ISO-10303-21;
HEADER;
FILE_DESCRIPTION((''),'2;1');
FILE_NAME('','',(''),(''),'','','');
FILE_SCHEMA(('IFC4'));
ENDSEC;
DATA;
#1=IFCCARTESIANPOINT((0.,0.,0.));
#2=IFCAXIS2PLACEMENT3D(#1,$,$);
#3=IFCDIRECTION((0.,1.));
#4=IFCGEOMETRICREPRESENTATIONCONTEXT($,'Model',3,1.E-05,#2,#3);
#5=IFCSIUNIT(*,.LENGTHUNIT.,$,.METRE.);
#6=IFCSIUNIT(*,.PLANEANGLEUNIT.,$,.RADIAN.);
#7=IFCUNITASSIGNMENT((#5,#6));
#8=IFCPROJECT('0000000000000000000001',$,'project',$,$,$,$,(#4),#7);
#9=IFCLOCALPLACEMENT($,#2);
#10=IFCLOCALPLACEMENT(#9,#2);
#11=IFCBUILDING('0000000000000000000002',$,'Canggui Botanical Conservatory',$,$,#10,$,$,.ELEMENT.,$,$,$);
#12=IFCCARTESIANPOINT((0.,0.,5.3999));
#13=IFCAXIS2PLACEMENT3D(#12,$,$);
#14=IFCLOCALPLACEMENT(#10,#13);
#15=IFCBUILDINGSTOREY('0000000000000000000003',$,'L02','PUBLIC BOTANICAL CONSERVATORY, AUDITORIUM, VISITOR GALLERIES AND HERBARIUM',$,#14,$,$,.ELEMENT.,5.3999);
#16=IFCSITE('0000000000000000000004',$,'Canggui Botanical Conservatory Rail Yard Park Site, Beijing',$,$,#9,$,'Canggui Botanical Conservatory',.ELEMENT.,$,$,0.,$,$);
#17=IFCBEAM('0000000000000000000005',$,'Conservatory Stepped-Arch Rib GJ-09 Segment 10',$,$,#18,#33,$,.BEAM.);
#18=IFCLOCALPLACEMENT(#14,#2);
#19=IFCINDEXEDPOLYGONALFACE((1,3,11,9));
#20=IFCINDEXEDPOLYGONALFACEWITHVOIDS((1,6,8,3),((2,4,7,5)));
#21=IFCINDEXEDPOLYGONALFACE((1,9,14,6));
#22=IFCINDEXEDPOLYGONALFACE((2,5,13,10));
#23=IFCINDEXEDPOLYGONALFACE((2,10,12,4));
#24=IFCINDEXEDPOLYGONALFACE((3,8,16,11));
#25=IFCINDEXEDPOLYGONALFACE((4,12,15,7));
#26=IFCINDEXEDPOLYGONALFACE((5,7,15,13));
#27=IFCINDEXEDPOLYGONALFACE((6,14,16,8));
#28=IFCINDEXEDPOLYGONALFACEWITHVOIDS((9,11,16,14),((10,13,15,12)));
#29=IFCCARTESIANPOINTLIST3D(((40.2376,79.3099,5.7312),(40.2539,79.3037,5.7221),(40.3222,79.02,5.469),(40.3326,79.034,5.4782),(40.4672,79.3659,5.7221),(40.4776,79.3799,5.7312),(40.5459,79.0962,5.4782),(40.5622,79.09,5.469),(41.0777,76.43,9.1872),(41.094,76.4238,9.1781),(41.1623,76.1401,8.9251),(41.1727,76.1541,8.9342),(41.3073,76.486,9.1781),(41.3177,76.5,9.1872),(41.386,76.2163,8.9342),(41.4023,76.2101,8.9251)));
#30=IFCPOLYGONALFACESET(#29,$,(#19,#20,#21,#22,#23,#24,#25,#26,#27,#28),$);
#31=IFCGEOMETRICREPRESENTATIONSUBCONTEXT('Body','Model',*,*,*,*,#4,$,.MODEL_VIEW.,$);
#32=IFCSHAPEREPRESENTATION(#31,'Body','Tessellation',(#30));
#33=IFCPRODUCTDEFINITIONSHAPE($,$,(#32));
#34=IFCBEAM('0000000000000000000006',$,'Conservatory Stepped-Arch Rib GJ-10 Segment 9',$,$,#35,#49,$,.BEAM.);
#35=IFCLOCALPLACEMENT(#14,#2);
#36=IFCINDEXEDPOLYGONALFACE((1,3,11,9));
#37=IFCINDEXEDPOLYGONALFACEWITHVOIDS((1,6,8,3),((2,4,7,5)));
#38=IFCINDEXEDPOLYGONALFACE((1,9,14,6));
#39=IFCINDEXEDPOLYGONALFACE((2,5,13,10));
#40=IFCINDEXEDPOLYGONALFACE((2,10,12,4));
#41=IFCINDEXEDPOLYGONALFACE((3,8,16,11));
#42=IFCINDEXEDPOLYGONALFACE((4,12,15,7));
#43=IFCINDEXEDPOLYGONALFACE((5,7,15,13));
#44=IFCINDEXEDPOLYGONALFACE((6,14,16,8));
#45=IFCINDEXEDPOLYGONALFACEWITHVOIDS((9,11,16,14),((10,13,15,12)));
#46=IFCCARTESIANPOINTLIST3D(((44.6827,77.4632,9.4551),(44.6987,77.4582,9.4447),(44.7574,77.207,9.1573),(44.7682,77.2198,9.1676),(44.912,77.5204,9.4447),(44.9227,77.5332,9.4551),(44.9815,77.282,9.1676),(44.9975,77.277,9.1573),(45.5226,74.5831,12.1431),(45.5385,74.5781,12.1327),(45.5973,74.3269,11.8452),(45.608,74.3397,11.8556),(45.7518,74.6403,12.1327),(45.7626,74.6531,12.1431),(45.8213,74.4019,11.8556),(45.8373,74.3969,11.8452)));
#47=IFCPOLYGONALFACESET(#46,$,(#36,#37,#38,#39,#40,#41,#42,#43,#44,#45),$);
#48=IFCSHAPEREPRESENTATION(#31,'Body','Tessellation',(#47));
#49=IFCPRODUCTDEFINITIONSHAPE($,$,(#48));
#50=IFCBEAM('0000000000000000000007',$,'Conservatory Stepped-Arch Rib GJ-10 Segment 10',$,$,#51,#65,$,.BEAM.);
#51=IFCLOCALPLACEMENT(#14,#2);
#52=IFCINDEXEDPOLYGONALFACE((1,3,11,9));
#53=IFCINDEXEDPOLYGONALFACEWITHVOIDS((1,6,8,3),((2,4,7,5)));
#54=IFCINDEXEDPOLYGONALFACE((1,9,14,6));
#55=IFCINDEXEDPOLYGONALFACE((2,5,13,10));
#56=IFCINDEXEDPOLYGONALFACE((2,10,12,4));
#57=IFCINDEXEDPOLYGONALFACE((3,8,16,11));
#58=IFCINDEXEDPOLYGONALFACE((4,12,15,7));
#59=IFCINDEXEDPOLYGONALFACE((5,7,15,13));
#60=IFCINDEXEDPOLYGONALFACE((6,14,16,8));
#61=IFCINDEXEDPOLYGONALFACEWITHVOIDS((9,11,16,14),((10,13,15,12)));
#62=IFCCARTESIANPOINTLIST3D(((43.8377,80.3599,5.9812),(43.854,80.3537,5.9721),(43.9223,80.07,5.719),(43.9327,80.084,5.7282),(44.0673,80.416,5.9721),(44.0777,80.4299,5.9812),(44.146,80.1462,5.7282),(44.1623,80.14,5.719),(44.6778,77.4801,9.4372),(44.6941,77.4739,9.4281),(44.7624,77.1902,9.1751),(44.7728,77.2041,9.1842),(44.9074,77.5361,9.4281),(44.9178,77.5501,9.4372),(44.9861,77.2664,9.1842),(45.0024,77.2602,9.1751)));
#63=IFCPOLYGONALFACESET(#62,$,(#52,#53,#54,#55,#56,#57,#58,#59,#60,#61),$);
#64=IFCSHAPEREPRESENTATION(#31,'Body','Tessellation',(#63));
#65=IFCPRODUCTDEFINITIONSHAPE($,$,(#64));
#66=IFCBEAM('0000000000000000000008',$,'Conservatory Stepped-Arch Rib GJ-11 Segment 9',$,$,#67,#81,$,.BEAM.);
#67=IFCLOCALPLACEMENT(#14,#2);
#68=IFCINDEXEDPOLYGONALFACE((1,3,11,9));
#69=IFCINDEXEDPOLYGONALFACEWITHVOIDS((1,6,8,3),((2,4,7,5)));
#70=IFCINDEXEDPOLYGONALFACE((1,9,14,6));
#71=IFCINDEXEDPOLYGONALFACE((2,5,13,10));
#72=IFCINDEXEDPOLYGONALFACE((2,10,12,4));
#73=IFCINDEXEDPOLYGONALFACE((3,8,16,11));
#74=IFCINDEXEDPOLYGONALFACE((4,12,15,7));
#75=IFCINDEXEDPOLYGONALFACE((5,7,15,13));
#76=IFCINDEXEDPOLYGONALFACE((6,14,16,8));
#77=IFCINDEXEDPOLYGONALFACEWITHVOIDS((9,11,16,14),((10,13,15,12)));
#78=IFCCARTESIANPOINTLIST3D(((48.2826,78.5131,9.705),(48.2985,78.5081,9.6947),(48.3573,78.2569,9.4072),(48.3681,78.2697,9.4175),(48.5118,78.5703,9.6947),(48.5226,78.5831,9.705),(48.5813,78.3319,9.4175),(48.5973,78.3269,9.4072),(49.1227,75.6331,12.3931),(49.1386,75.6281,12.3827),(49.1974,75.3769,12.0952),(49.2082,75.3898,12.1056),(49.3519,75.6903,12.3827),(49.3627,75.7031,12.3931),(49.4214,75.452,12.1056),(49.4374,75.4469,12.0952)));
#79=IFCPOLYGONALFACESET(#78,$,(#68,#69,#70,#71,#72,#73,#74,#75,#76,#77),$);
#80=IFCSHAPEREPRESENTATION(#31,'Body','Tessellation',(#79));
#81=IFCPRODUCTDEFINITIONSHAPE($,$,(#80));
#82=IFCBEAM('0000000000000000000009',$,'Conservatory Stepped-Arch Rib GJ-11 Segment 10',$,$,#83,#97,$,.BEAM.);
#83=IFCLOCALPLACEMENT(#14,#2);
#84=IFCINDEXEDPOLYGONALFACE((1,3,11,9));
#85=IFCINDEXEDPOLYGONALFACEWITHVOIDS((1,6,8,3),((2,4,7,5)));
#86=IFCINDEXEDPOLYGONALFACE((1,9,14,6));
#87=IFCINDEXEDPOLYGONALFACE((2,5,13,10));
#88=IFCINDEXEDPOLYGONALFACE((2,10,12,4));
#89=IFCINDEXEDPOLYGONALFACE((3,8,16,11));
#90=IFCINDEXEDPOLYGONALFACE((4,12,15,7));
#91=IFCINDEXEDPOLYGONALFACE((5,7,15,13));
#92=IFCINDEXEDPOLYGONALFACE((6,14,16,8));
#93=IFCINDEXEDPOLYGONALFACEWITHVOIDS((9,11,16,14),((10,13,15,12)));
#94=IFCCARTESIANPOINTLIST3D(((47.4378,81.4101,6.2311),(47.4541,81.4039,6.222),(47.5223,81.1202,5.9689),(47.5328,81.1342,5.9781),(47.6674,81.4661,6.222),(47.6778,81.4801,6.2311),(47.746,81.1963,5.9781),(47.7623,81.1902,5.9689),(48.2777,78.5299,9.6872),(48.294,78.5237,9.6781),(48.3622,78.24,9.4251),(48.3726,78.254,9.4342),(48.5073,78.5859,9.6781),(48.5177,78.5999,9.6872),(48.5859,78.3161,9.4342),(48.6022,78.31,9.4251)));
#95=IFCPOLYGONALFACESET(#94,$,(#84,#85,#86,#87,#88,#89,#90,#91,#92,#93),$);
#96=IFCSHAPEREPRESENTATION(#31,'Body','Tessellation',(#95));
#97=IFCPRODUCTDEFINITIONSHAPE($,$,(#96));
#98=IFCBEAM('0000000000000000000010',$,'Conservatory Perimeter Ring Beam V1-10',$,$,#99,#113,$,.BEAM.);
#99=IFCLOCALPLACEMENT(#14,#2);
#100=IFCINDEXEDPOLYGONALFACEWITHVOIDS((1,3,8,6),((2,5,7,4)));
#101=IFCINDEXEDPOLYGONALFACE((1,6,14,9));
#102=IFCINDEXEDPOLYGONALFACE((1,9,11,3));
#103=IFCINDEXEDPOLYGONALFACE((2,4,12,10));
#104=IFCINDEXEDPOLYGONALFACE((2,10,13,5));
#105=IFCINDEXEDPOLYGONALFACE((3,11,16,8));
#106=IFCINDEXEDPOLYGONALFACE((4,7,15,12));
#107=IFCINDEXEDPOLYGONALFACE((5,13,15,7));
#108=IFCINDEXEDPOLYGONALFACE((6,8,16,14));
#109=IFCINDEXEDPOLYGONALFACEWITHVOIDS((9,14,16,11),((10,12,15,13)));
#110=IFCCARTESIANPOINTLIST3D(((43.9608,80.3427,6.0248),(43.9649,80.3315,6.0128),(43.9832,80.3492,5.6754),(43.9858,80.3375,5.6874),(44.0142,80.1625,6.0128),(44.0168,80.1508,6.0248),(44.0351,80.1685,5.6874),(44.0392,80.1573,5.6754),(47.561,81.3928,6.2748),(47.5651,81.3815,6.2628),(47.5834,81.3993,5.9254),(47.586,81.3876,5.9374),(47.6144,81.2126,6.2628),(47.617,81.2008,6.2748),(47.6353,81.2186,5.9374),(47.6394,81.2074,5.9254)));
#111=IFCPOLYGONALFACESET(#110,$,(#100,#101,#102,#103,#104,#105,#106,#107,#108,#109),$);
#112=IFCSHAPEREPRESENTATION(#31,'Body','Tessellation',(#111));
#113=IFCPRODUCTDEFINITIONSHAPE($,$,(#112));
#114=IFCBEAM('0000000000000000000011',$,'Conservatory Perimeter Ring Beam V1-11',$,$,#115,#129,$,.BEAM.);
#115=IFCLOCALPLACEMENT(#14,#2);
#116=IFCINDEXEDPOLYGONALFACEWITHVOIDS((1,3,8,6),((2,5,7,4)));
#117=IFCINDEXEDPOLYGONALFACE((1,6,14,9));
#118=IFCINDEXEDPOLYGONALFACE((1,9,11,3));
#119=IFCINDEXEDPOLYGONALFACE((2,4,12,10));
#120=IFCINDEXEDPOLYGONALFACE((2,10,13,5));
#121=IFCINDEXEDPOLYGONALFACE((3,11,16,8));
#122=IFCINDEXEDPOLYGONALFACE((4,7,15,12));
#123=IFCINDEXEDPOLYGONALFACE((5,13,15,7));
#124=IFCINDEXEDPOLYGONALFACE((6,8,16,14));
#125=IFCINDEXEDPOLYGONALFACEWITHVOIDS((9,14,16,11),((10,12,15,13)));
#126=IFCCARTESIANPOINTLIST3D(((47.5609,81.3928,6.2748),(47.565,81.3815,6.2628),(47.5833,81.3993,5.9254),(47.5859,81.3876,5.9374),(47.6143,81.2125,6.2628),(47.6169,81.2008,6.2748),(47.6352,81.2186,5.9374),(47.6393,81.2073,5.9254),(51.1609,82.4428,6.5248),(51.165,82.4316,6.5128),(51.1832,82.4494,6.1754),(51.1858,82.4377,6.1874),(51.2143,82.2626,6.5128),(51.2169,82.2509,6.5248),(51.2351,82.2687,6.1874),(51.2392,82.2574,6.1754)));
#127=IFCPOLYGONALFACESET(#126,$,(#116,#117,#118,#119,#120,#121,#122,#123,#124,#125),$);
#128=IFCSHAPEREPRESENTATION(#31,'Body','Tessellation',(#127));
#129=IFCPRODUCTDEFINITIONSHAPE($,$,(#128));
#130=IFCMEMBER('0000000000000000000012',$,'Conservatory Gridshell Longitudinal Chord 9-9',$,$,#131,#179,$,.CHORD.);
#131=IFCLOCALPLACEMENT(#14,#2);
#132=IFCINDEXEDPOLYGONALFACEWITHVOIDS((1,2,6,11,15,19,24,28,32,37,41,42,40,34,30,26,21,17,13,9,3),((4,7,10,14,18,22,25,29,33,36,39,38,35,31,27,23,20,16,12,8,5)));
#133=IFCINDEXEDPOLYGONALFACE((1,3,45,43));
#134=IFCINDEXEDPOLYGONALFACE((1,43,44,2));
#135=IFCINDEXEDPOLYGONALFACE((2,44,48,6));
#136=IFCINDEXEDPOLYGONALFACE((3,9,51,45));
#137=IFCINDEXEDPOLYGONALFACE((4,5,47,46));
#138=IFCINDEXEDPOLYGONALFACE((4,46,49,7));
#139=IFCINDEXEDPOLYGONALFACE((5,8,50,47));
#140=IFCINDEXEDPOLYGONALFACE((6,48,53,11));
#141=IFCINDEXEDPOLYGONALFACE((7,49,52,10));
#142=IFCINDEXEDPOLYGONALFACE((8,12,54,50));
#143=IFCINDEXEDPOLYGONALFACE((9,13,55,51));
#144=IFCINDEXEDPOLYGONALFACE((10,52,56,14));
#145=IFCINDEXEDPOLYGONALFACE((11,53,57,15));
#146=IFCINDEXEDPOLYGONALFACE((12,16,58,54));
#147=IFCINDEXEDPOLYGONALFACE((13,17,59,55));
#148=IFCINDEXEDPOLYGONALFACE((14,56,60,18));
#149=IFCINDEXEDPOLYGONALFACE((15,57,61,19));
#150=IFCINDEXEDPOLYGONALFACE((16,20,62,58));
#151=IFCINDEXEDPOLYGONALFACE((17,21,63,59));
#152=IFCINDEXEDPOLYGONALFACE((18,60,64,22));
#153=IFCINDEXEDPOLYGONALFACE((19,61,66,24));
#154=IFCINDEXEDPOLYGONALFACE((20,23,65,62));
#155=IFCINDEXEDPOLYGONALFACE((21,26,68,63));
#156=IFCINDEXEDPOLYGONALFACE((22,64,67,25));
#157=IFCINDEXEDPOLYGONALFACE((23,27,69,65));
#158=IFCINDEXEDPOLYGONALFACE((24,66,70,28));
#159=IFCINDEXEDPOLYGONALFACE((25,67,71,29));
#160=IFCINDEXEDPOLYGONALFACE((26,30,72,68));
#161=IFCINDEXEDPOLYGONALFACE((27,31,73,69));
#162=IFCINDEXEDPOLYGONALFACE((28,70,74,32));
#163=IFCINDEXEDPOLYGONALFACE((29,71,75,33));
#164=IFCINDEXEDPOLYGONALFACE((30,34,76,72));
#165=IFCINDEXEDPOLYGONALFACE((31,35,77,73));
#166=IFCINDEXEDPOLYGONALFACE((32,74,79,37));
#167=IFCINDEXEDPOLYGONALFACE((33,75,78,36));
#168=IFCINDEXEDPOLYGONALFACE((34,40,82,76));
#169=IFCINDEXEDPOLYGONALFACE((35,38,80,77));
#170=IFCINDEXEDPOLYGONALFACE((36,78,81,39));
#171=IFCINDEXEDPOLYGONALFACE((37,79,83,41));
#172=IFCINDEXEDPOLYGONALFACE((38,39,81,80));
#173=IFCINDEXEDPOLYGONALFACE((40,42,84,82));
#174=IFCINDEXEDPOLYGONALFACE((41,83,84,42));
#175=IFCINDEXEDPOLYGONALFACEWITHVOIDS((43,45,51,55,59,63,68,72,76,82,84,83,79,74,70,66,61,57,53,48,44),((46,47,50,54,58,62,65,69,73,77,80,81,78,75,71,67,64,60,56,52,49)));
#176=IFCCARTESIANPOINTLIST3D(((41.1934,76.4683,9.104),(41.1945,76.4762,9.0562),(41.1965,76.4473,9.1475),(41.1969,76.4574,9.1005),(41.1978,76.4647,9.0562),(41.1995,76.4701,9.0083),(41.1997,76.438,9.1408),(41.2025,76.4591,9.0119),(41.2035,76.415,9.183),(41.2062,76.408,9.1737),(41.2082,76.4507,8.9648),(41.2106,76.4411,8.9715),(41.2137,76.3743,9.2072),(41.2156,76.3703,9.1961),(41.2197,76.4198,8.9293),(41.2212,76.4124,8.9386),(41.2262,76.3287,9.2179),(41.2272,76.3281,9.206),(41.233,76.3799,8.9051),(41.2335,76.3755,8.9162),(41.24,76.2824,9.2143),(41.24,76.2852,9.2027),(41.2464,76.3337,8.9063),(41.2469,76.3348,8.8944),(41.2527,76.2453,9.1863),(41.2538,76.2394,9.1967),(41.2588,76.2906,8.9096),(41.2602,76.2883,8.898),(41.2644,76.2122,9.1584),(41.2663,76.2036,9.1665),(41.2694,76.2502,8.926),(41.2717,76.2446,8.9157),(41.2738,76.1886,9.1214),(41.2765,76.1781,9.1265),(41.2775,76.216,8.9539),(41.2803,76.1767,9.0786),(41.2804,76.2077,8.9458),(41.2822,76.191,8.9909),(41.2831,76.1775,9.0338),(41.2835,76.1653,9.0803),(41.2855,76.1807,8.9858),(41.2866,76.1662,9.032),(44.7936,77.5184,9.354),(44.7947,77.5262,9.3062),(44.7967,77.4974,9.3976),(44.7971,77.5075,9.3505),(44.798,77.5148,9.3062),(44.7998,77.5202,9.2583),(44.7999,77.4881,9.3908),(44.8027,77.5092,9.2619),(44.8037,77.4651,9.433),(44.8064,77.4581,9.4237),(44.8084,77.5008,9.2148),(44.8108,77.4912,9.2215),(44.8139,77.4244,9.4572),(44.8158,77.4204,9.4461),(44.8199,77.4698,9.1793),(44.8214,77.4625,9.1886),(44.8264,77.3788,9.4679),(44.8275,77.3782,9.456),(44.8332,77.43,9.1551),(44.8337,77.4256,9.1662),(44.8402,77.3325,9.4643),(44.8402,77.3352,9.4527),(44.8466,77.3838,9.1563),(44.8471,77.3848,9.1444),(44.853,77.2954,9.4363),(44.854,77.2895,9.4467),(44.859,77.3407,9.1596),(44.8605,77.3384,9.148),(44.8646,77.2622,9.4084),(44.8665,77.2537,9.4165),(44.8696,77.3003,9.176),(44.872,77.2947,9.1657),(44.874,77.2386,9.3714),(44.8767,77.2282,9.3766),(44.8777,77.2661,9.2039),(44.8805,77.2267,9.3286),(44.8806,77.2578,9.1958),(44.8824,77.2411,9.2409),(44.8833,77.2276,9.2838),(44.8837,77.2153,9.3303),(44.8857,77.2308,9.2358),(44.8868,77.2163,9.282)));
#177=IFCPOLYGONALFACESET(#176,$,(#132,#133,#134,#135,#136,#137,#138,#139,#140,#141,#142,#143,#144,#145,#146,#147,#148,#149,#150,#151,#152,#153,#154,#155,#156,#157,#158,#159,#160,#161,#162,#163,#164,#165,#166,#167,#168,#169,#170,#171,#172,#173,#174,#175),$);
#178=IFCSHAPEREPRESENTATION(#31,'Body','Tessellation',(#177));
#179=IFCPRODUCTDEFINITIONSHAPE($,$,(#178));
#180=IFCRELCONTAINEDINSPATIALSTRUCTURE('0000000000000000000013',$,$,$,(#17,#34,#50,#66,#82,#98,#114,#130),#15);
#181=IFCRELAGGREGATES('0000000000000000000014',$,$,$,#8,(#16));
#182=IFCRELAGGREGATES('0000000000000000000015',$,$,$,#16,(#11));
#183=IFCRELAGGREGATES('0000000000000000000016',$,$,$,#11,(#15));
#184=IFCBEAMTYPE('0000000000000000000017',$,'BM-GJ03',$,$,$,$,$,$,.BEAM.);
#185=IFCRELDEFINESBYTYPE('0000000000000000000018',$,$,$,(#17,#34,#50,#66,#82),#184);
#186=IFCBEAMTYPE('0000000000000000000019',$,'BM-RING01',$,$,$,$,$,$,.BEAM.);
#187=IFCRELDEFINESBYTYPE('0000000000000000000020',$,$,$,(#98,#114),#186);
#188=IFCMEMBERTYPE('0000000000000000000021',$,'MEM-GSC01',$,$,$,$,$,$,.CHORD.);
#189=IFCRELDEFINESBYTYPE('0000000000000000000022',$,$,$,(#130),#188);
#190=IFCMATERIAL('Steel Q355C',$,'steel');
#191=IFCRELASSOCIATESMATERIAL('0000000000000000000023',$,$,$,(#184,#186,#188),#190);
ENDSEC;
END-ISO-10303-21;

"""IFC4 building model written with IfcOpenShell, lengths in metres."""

from ifc_helpers import new_model, si_unit, direction, frame, origin, origin_2d, place, context, subcontext, project, spatial, hollow_rectangle, hollow_circle, extrude, material, material_profile, profile_set, type_object, element, save


model = new_model("IFC4")

# Units and contexts
model_context = context("Model", 3, precision=1e-05, world=origin(), true_north=direction((0.0, 1.0)))
body_context = subcontext(model_context, "Body", "Model", "MODEL_VIEW")
ifc_project = project(units=[si_unit("LENGTHUNIT", "METRE"), si_unit("PLANEANGLEUNIT", "RADIAN")], contexts=[model_context])

# Site, building, storey
site_placement = place(None, origin())
site = spatial("IfcSite", under=ifc_project, at=site_placement, Name="Canggui Botanical Conservatory Rail Yard Park Site, Beijing", LongName="Canggui Botanical Conservatory", CompositionType="ELEMENT", RefElevation=0.0)
building_placement = place(site_placement, origin())
building = spatial("IfcBuilding", under=site, at=building_placement, Name="Canggui Botanical Conservatory", CompositionType="ELEMENT")
storey_placement = place(building_placement, frame((0.0, 0.0, 5.3999)))
storey = spatial("IfcBuildingStorey", under=building, at=storey_placement, Name="L02", Description="PUBLIC BOTANICAL CONSERVATORY, AUDITORIUM, VISITOR GALLERIES AND HERBARIUM", CompositionType="ELEMENT", Elevation=5.3999)

# Beams
ifc_material_1 = material(Name="Steel Q355C", Category="steel")
ifc_material_profile_1 = material_profile(ifc_material_1, hollow_rectangle(XDim=0.25, YDim=0.3999, WallThickness=0.0139, at=origin_2d()), Name="RHS 250x400x14")
ifc_profile_set_1 = profile_set([ifc_material_profile_1], Name="Steel Q355C")
beam_type_1 = type_object("IfcBeamType", Name="BM-GJ03", PredefinedType="BEAM", material=ifc_profile_set_1)
beam_1_placement = place(storey_placement, frame((41.24, 76.3201, 9.0562), z_axis=(-0.183568, 0.629285, -0.755184), x_axis=(-0.959989, -0.280038, 0.0)))
element("IfcBeam", 1, at=beam_1_placement, inside=storey, type_object=beam_type_1, Name="Conservatory Stepped-Arch Rib GJ-09 Segment 10", PredefinedType="BEAM", context=body_context, shape_type="SweptSolid", body=[
    extrude(hollow_rectangle(XDim=0.25, YDim=0.3999, WallThickness=0.0139, at=origin_2d()), origin(), (0.0, 0.0, 1.0), 4.5764),
])
beam_2_placement = place(storey_placement, frame((45.6799, 74.49, 11.9941), z_axis=(-0.208495, 0.715005, -0.667306), x_axis=(-0.960017, -0.279941, 0.0)))
element("IfcBeam", 2, at=beam_2_placement, inside=storey, type_object=beam_type_1, Name="Conservatory Stepped-Arch Rib GJ-10 Segment 9", PredefinedType="BEAM", context=body_context, shape_type="SweptSolid", body=[
    extrude(hollow_rectangle(XDim=0.25, YDim=0.3999, WallThickness=0.0139, at=origin_2d()), origin(), (0.0, 0.0, 1.0), 4.0281),
])
beam_3_placement = place(storey_placement, frame((44.8401, 77.3701, 9.3062), z_axis=(-0.183568, 0.629285, -0.755184), x_axis=(-0.959989, -0.280038, 0.0)))
element("IfcBeam", 3, at=beam_3_placement, inside=storey, type_object=beam_type_1, Name="Conservatory Stepped-Arch Rib GJ-10 Segment 10", PredefinedType="BEAM", context=body_context, shape_type="SweptSolid", body=[
    extrude(hollow_rectangle(XDim=0.25, YDim=0.3999, WallThickness=0.0139, at=origin_2d()), origin(), (0.0, 0.0, 1.0), 4.5764),
])
beam_4_placement = place(storey_placement, frame((49.28, 75.54, 12.2441), z_axis=(-0.208562, 0.714967, -0.667326), x_axis=(-0.959989, -0.280038, 0.0)))
element("IfcBeam", 4, at=beam_4_placement, inside=storey, type_object=beam_type_1, Name="Conservatory Stepped-Arch Rib GJ-11 Segment 9", PredefinedType="BEAM", context=body_context, shape_type="SweptSolid", body=[
    extrude(hollow_rectangle(XDim=0.25, YDim=0.3999, WallThickness=0.0139, at=origin_2d()), origin(), (0.0, 0.0, 1.0), 4.0281),
])
beam_5_placement = place(storey_placement, frame((48.4399, 78.4199, 9.5562), z_axis=(-0.18351, 0.629323, -0.755166), x_axis=(-0.960017, -0.279941, 0.0)))
element("IfcBeam", 5, at=beam_5_placement, inside=storey, type_object=beam_type_1, Name="Conservatory Stepped-Arch Rib GJ-11 Segment 10", PredefinedType="BEAM", context=body_context, shape_type="SweptSolid", body=[
    extrude(hollow_rectangle(XDim=0.25, YDim=0.3999, WallThickness=0.0139, at=origin_2d()), origin(), (0.0, 0.0, 1.0), 4.5767),
])
ifc_material_profile_2 = material_profile(ifc_material_1, hollow_rectangle(XDim=0.2, YDim=0.3501, WallThickness=0.012, at=origin_2d()), Name="RHS 200x350x12")
ifc_profile_set_2 = profile_set([ifc_material_profile_2], Name="Steel Q355C")
beam_type_2 = type_object("IfcBeamType", Name="BM-RING01", PredefinedType="BEAM", material=ifc_profile_set_2)
beam_6_placement = place(storey_placement, frame((44.0, 80.25, 5.8501), z_axis=(0.957872, 0.279385, 0.066517), x_axis=(-0.280005, 0.959999, 0.0)))
element("IfcBeam", 6, at=beam_6_placement, inside=storey, type_object=beam_type_2, Name="Conservatory Perimeter Ring Beam V1-10", PredefinedType="BEAM", context=body_context, shape_type="SweptSolid", body=[
    extrude(hollow_rectangle(XDim=0.2, YDim=0.3501, WallThickness=0.012, at=origin_2d()), origin(), (0.0, 0.0, 1.0), 3.7585),
])
beam_7_placement = place(storey_placement, frame((47.6001, 81.3, 6.1001), z_axis=(0.957867, 0.279402, 0.066521), x_axis=(-0.280023, 0.959993, 0.0)))
element("IfcBeam", 7, at=beam_7_placement, inside=storey, type_object=beam_type_2, Name="Conservatory Perimeter Ring Beam V1-11", PredefinedType="BEAM", context=body_context, shape_type="SweptSolid", body=[
    extrude(hollow_rectangle(XDim=0.2, YDim=0.3501, WallThickness=0.012, at=origin_2d()), origin(), (0.0, 0.0, 1.0), 3.7583),
])

# Member
ifc_material_profile_3 = material_profile(ifc_material_1, hollow_circle(Radius=0.1626, WallThickness=0.012, at=origin_2d()), Name="CHS 325x12")
ifc_profile_set_3 = profile_set([ifc_material_profile_3], Name="Steel Q355C")
member_type_1 = type_object("IfcMemberType", Name="MEM-GSC01", PredefinedType="CHORD", material=ifc_profile_set_3)
member_1_placement = place(storey_placement, frame((41.24, 76.3201, 9.0562), z_axis=(0.957872, 0.279385, 0.066517), x_axis=(-0.280005, 0.959999, 0.0)))
element("IfcMember", 8, at=member_1_placement, inside=storey, type_object=member_type_1, Name="Conservatory Gridshell Longitudinal Chord 9-9", PredefinedType="CHORD", context=body_context, shape_type="SweptSolid", body=[
    extrude(hollow_circle(Radius=0.1626, WallThickness=0.012, at=origin_2d()), origin(), (0.0, 0.0, 1.0), 3.7585),
])

save(model, "model.ifc")
